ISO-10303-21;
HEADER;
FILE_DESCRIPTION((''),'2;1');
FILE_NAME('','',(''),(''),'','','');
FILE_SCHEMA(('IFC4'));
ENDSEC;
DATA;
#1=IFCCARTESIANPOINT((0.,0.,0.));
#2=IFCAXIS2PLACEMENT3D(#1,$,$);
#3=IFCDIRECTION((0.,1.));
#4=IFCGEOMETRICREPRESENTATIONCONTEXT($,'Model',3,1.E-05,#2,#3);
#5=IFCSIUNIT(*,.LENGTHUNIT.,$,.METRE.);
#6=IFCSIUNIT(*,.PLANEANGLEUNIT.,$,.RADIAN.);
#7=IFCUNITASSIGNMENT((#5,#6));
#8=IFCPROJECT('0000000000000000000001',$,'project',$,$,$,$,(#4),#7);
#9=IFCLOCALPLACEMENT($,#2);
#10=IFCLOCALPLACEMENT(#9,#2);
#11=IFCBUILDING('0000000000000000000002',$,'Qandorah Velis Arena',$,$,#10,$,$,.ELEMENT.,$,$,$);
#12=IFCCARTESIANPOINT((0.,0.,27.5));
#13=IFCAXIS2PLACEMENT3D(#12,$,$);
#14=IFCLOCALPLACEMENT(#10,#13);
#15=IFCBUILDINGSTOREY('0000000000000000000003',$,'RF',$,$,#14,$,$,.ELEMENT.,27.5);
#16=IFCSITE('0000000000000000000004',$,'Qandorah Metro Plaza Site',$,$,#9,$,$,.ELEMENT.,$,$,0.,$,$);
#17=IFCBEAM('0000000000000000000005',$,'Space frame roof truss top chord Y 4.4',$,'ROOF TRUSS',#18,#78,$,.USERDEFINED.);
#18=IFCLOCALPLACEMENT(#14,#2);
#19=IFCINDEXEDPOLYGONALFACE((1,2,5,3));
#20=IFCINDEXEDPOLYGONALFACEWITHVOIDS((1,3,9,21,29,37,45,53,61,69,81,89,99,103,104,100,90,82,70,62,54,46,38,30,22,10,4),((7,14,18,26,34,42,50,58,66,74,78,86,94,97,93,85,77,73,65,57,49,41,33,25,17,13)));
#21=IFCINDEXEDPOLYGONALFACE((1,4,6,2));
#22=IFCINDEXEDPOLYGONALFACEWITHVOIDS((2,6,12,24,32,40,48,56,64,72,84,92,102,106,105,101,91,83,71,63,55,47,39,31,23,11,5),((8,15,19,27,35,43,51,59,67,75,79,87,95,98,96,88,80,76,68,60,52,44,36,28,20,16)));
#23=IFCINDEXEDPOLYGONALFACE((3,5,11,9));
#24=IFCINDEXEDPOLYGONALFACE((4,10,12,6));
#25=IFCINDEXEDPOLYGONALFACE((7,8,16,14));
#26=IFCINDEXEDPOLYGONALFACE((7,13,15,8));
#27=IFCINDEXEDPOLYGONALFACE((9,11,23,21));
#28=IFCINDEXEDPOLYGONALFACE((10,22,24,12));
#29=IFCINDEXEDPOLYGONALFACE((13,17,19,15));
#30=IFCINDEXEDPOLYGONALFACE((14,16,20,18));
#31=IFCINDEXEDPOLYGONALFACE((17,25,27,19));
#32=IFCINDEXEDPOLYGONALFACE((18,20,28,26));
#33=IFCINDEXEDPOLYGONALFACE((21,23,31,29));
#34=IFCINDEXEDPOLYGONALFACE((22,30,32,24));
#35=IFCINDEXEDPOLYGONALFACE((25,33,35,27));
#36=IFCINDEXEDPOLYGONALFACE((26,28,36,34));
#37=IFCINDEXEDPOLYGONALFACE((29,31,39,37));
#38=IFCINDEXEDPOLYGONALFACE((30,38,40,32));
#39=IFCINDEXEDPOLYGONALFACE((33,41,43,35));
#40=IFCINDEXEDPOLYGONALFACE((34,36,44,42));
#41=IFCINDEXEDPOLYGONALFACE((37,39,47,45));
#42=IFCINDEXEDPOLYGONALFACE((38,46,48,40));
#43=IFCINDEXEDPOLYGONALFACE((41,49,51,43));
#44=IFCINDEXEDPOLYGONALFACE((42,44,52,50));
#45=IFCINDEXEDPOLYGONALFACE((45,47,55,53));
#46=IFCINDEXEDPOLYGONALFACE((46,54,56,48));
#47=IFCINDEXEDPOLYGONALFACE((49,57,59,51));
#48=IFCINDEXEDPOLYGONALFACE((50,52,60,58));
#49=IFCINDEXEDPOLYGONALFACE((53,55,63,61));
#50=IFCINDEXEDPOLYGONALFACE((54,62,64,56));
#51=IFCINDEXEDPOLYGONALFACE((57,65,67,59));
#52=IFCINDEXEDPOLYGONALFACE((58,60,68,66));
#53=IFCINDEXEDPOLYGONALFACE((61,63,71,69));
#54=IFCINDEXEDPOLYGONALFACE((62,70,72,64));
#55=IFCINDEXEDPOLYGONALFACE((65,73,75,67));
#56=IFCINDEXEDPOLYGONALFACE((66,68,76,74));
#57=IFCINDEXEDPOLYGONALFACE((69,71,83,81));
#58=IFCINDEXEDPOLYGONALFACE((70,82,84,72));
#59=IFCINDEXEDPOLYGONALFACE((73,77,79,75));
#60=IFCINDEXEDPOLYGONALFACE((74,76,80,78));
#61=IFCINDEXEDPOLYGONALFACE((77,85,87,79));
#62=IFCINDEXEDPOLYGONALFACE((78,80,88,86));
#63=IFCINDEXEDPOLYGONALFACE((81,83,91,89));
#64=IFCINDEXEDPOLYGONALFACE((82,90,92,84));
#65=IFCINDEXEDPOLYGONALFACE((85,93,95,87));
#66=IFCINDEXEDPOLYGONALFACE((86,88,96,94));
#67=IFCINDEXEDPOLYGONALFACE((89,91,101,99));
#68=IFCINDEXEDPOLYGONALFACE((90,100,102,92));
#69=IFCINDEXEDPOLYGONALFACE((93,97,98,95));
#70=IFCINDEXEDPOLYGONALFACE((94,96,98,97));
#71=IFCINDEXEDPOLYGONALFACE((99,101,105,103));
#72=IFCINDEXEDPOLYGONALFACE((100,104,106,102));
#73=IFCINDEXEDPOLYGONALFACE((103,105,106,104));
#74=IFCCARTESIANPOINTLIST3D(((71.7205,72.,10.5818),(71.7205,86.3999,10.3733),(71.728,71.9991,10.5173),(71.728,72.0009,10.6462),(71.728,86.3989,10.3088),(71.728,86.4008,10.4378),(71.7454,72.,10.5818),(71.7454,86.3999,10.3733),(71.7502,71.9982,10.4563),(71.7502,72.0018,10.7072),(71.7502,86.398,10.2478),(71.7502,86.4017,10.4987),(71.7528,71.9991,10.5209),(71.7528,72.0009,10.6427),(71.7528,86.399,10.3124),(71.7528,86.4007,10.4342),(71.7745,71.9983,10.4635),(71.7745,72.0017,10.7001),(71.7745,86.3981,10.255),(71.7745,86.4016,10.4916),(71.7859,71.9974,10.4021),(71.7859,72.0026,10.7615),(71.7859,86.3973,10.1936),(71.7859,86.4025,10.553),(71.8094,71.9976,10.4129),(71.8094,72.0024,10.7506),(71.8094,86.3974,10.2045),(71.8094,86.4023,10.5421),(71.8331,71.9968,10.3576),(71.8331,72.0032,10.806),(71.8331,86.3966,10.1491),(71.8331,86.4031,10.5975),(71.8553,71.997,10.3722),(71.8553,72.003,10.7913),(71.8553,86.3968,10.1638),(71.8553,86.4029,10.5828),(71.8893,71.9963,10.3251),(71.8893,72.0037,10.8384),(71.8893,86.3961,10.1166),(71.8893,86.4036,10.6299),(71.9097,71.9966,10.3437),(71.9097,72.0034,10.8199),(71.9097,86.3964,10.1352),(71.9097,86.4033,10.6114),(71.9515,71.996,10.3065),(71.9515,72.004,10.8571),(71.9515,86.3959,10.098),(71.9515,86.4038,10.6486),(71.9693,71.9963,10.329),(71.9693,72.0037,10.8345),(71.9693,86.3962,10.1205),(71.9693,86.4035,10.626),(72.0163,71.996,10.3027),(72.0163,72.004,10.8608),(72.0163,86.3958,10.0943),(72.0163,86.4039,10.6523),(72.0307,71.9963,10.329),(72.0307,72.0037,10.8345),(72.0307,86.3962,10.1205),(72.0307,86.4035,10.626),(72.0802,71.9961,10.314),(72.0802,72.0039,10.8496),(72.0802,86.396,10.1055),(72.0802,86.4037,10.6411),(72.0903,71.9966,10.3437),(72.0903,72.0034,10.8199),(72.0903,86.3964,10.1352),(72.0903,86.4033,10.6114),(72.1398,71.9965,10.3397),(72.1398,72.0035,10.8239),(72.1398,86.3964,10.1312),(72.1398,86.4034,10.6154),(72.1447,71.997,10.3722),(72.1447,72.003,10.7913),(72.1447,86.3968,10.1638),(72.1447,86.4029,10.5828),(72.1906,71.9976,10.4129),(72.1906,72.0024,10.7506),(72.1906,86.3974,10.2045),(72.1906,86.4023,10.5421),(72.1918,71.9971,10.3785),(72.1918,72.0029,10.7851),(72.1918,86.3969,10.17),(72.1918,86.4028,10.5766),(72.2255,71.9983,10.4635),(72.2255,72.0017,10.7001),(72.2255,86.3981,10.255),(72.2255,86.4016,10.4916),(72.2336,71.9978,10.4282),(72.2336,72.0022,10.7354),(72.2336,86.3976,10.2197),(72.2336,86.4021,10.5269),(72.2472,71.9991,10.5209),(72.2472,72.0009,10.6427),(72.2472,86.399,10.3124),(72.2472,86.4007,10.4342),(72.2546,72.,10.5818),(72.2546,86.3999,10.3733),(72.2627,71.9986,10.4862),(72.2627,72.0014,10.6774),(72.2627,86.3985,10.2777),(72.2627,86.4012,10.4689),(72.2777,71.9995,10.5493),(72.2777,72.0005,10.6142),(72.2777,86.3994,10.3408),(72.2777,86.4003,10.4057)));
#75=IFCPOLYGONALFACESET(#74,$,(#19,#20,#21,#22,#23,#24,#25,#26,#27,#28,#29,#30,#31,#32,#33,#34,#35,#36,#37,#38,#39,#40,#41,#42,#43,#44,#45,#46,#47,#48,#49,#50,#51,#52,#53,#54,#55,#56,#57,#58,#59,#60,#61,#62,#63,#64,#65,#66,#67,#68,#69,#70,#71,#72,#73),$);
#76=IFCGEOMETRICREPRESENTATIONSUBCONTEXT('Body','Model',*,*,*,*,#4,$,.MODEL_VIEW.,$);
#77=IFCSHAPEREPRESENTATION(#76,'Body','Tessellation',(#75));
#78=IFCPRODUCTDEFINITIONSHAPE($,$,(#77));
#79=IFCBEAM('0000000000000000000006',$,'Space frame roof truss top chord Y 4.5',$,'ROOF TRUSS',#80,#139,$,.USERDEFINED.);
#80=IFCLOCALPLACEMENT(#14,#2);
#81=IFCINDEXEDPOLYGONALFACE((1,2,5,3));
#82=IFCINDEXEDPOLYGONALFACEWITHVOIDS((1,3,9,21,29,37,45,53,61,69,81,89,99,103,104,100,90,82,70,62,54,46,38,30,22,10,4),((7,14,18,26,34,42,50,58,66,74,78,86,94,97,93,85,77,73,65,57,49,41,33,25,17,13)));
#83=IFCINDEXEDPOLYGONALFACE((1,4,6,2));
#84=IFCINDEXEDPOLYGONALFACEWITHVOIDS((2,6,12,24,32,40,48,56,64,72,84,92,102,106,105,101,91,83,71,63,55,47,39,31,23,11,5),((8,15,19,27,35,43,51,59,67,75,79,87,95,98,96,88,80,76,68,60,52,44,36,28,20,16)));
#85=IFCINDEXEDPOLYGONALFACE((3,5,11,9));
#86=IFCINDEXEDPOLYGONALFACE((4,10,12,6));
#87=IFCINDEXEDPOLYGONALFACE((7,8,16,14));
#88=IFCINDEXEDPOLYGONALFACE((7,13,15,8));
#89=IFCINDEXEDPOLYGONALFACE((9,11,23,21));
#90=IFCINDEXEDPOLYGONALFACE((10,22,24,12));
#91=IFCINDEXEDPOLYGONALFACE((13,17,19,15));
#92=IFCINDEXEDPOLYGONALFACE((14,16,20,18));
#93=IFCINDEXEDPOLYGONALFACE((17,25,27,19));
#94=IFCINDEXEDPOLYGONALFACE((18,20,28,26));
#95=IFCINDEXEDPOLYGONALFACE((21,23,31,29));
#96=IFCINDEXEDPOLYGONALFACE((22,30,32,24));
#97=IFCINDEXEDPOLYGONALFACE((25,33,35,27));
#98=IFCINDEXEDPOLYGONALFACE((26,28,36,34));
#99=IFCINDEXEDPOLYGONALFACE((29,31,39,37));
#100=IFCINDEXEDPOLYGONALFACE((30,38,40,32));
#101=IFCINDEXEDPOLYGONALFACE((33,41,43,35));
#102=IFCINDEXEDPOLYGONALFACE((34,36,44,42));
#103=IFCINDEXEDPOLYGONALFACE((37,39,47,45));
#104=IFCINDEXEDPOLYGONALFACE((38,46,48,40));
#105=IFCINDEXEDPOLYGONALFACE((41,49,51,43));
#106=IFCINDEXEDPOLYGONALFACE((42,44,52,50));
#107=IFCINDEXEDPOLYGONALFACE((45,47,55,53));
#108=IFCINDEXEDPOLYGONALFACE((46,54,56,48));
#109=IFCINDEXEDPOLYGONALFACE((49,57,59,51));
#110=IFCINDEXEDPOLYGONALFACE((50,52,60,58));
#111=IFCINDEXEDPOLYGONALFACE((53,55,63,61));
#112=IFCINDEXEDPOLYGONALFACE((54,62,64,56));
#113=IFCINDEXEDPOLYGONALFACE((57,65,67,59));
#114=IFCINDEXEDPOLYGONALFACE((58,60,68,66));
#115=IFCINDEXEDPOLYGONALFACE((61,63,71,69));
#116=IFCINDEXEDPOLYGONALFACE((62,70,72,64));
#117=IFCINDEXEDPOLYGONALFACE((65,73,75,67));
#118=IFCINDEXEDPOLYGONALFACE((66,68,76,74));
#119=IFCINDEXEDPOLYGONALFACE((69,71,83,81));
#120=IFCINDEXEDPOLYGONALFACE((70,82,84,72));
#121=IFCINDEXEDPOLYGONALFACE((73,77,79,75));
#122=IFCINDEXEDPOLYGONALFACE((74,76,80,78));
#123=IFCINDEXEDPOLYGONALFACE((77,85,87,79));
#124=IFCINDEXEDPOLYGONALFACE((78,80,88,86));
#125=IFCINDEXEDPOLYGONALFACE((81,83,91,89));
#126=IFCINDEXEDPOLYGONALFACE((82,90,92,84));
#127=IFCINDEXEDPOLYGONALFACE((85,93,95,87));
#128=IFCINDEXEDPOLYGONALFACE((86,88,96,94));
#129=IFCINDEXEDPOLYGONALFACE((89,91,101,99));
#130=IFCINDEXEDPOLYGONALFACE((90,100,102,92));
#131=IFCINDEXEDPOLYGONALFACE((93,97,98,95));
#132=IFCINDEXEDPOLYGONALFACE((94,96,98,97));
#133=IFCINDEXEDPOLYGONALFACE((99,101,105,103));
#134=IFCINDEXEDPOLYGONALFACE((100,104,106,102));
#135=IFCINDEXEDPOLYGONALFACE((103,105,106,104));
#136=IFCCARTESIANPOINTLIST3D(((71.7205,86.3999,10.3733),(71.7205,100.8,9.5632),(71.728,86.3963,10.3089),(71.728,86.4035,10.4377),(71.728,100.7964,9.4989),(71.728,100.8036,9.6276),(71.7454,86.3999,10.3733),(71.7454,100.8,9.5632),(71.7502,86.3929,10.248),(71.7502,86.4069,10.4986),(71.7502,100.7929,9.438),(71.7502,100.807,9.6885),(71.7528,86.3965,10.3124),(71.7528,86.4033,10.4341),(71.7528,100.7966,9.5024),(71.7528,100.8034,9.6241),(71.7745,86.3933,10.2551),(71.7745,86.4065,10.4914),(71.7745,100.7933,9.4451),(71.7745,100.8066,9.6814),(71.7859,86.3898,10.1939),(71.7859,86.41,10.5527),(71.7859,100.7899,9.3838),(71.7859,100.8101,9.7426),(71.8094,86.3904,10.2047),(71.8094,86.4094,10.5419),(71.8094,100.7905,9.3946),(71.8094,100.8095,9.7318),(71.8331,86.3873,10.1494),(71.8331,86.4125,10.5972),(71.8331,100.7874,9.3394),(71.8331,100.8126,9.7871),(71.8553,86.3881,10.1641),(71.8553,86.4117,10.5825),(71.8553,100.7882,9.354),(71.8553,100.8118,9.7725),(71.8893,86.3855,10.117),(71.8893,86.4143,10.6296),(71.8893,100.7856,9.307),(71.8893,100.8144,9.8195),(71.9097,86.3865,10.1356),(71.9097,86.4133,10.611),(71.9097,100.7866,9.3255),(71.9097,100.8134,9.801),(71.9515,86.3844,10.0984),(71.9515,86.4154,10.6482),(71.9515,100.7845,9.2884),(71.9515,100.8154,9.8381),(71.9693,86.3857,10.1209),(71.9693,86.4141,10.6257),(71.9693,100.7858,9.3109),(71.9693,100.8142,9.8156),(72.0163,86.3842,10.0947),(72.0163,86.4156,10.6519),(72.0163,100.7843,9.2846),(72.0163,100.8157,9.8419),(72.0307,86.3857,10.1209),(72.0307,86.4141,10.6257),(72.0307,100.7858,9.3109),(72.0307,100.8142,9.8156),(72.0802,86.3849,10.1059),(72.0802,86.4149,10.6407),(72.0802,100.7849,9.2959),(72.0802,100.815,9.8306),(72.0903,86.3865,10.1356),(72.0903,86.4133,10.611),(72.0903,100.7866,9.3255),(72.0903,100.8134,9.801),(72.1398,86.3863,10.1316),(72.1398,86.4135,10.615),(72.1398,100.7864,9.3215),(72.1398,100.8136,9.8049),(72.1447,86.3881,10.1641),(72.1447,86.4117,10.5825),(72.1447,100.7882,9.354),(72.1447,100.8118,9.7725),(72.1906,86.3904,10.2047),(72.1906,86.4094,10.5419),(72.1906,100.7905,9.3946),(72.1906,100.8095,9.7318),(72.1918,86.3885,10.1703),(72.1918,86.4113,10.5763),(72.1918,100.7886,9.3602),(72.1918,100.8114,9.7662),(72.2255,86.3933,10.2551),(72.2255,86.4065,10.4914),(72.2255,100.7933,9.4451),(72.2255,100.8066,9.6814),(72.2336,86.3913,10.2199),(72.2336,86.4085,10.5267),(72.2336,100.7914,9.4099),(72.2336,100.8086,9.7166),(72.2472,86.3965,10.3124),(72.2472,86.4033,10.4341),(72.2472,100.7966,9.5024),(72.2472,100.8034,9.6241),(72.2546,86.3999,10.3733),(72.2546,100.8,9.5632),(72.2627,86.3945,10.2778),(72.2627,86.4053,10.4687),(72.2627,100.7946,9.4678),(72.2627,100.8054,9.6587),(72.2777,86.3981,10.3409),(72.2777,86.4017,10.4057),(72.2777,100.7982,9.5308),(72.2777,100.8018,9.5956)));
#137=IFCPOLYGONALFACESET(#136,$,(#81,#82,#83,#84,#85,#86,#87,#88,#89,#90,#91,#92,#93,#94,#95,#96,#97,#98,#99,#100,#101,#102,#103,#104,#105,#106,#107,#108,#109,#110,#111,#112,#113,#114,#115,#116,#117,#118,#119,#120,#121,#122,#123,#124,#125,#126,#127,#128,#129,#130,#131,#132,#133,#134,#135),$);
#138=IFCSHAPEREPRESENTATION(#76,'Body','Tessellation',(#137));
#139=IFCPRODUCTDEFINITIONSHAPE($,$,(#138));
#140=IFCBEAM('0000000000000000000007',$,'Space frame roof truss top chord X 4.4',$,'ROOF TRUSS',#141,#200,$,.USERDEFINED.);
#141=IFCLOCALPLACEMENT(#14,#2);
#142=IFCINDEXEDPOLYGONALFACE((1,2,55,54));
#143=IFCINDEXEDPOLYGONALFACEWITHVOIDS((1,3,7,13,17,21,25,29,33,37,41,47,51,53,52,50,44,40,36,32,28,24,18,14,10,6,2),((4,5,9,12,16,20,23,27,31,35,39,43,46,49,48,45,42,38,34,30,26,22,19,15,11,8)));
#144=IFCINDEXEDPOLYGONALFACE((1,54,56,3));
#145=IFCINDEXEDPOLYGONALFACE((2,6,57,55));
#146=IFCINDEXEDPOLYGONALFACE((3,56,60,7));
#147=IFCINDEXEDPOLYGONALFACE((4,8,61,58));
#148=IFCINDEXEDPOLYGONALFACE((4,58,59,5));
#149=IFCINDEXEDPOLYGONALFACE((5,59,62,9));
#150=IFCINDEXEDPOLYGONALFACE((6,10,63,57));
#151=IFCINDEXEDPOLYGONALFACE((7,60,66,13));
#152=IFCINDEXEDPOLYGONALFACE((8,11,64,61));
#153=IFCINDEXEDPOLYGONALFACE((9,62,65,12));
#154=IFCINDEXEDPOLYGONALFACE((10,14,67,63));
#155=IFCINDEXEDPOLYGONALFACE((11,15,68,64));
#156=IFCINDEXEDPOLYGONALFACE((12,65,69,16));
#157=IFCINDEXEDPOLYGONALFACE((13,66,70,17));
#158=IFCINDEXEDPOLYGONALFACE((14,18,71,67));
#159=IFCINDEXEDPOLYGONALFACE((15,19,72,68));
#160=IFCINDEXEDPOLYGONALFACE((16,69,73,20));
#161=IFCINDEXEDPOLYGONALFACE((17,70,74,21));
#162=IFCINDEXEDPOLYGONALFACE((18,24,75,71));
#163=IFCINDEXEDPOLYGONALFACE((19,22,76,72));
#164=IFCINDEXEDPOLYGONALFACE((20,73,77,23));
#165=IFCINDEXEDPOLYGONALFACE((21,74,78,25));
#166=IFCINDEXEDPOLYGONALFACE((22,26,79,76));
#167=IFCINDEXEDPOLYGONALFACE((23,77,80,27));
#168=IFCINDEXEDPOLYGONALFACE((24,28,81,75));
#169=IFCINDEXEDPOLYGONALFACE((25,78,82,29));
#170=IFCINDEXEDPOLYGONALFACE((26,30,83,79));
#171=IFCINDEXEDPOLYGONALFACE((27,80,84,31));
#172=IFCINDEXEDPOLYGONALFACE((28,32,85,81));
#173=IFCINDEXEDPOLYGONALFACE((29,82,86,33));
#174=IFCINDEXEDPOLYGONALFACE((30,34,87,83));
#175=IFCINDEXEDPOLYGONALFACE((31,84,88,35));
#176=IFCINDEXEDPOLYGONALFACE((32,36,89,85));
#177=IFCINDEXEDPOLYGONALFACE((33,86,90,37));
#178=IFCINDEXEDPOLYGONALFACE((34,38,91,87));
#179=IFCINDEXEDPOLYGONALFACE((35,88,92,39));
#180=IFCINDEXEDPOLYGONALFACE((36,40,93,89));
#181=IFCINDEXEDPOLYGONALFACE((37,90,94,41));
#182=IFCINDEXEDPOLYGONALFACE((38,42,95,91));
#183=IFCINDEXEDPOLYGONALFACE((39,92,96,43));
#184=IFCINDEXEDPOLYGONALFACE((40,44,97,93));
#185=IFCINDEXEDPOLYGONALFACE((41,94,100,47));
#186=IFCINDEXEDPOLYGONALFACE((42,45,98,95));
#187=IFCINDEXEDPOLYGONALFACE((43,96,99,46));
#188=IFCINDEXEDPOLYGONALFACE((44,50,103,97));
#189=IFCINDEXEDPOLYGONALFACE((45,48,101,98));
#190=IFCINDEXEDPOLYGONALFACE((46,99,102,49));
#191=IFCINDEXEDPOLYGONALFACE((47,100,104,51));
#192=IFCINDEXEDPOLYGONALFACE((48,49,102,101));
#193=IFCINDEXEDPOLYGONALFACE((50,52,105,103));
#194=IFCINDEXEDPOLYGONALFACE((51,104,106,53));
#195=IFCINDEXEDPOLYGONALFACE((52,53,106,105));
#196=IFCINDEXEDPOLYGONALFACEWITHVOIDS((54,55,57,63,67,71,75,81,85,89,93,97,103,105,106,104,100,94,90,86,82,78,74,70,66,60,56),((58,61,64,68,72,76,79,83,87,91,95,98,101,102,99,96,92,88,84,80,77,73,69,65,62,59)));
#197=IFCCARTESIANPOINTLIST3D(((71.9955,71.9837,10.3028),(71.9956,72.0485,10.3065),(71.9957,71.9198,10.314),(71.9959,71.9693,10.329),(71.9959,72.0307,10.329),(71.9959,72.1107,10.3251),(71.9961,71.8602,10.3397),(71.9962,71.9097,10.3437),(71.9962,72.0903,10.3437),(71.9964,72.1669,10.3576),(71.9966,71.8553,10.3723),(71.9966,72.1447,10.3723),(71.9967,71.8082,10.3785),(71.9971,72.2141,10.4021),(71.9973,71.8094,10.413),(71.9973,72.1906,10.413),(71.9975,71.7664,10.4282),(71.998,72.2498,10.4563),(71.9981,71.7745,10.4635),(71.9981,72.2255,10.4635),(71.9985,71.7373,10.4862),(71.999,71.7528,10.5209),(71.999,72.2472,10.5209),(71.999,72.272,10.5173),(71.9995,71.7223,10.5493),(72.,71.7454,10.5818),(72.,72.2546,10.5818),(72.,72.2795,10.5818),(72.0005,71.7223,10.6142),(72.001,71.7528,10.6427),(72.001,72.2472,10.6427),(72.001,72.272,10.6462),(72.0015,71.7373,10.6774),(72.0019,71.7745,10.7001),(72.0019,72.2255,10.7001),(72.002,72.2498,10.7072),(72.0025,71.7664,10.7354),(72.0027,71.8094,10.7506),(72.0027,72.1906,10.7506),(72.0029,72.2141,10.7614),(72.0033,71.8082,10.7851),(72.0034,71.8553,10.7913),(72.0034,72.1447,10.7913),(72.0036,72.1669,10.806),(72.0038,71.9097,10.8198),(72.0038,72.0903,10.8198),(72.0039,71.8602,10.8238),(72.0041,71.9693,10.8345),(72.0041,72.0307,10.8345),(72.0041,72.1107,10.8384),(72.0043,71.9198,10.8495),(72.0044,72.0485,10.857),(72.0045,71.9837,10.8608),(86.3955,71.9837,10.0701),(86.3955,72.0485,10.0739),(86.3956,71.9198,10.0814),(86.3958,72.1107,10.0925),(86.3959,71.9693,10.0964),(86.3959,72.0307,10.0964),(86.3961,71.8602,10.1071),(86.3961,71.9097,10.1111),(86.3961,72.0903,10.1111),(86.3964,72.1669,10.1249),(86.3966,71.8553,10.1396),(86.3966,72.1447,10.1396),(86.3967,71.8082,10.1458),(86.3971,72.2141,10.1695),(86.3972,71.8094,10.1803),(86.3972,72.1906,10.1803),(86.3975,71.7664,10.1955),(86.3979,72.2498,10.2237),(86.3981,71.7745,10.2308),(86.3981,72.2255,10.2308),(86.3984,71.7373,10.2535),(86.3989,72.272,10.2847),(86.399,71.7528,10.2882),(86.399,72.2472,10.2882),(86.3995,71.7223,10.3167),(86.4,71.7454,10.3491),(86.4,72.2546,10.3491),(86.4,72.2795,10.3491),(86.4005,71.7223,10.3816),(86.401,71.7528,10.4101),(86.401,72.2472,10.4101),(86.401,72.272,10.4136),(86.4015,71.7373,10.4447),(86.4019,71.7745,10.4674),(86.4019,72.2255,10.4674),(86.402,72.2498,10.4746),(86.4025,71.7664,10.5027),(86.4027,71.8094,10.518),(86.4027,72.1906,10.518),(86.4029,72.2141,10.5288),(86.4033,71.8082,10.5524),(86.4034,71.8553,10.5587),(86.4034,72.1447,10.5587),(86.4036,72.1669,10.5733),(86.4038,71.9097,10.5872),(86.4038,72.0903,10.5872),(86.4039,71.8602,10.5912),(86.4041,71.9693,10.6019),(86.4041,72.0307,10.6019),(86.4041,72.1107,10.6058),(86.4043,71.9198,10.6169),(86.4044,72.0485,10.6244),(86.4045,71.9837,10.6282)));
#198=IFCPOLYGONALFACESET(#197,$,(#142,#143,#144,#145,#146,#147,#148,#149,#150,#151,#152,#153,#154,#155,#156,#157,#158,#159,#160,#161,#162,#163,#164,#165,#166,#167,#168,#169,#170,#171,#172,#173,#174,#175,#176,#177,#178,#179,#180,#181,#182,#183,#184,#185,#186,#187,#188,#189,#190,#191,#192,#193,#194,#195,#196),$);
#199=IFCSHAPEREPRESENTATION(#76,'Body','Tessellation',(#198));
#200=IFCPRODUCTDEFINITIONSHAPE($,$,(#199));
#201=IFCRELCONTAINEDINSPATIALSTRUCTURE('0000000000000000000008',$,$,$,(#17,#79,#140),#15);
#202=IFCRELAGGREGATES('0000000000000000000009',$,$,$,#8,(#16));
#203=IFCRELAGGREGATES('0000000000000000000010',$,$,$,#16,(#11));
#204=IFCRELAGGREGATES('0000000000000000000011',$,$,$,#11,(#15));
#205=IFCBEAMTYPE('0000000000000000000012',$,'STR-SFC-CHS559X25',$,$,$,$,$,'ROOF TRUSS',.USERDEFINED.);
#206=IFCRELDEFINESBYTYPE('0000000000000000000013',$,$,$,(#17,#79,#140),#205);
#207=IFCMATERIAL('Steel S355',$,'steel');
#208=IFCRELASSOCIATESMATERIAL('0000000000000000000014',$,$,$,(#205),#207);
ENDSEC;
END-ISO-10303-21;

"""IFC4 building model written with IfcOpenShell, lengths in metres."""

from ifc_helpers import new_model, si_unit, direction, frame, origin, origin_2d, place, context, subcontext, project, spatial, hollow_circle, extrude, material, material_profile, profile_set, type_object, element, save


model = new_model("IFC4")

# Units and contexts
model_context = context("Model", 3, precision=1e-05, world=origin(), true_north=direction((0.0, 1.0)))
body_context = subcontext(model_context, "Body", "Model", "MODEL_VIEW")
ifc_project = project(units=[si_unit("LENGTHUNIT", "METRE"), si_unit("PLANEANGLEUNIT", "RADIAN")], contexts=[model_context])

# Site, building, storey
site_placement = place(None, origin())
site = spatial("IfcSite", under=ifc_project, at=site_placement, Name="Qandorah Metro Plaza Site", CompositionType="ELEMENT", RefElevation=0.0)
building_placement = place(site_placement, origin())
building = spatial("IfcBuilding", under=site, at=building_placement, Name="Qandorah Velis Arena", CompositionType="ELEMENT")
storey_placement = place(building_placement, frame((0.0, 0.0, 27.5)))
storey = spatial("IfcBuildingStorey", under=building, at=storey_placement, Name="RF", CompositionType="ELEMENT", Elevation=27.5)

# Shared definitions
ifc_material_1 = material(Name="Steel S355", Category="steel")

# Beams
ifc_material_profile_1 = material_profile(ifc_material_1, hollow_circle(Radius=0.2795, WallThickness=0.0249, at=origin_2d()), Name="CHS 559x25")
ifc_profile_set_1 = profile_set([ifc_material_profile_1], Name="Steel S355")
beam_type_1 = type_object("IfcBeamType", Name="STR-SFC-CHS559X25", ElementType="ROOF TRUSS", PredefinedType="USERDEFINED", material=ifc_profile_set_1)
beam_1_placement = place(storey_placement, frame((72.0, 72.0, 10.5818), z_axis=(0.0, 0.999895, -0.014477), x_axis=(-1.0, 0.0, 0.0)))
element("IfcBeam", 1, at=beam_1_placement, inside=storey, type_object=beam_type_1, Name="Space frame roof truss top chord Y 4.4", ObjectType="ROOF TRUSS", PredefinedType="USERDEFINED", context=body_context, shape_type="SweptSolid", body=[
    extrude(hollow_circle(Radius=0.2795, WallThickness=0.0249, at=origin_2d()), origin(), (0.0, 0.0, 1.0), 14.4014),
])
beam_2_placement = place(storey_placement, frame((72.0, 86.3999, 10.3733), z_axis=(0.0, 0.998422, -0.056165), x_axis=(-1.0, 0.0, 0.0)))
element("IfcBeam", 2, at=beam_2_placement, inside=storey, type_object=beam_type_1, Name="Space frame roof truss top chord Y 4.5", ObjectType="ROOF TRUSS", PredefinedType="USERDEFINED", context=body_context, shape_type="SweptSolid", body=[
    extrude(hollow_circle(Radius=0.2795, WallThickness=0.0249, at=origin_2d()), origin(), (0.0, 0.0, 1.0), 14.4229),
])
beam_3_placement = place(storey_placement, frame((72.0, 72.0, 10.5818), z_axis=(0.999869, 0.0, -0.016155), x_axis=(0.0, 1.0, 0.0)))
element("IfcBeam", 3, at=beam_3_placement, inside=storey, type_object=beam_type_1, Name="Space frame roof truss top chord X 4.4", ObjectType="ROOF TRUSS", PredefinedType="USERDEFINED", context=body_context, shape_type="SweptSolid", body=[
    extrude(hollow_circle(Radius=0.2795, WallThickness=0.0249, at=origin_2d()), origin(), (0.0, 0.0, 1.0), 14.4019),
])

save(model, "model.ifc")
